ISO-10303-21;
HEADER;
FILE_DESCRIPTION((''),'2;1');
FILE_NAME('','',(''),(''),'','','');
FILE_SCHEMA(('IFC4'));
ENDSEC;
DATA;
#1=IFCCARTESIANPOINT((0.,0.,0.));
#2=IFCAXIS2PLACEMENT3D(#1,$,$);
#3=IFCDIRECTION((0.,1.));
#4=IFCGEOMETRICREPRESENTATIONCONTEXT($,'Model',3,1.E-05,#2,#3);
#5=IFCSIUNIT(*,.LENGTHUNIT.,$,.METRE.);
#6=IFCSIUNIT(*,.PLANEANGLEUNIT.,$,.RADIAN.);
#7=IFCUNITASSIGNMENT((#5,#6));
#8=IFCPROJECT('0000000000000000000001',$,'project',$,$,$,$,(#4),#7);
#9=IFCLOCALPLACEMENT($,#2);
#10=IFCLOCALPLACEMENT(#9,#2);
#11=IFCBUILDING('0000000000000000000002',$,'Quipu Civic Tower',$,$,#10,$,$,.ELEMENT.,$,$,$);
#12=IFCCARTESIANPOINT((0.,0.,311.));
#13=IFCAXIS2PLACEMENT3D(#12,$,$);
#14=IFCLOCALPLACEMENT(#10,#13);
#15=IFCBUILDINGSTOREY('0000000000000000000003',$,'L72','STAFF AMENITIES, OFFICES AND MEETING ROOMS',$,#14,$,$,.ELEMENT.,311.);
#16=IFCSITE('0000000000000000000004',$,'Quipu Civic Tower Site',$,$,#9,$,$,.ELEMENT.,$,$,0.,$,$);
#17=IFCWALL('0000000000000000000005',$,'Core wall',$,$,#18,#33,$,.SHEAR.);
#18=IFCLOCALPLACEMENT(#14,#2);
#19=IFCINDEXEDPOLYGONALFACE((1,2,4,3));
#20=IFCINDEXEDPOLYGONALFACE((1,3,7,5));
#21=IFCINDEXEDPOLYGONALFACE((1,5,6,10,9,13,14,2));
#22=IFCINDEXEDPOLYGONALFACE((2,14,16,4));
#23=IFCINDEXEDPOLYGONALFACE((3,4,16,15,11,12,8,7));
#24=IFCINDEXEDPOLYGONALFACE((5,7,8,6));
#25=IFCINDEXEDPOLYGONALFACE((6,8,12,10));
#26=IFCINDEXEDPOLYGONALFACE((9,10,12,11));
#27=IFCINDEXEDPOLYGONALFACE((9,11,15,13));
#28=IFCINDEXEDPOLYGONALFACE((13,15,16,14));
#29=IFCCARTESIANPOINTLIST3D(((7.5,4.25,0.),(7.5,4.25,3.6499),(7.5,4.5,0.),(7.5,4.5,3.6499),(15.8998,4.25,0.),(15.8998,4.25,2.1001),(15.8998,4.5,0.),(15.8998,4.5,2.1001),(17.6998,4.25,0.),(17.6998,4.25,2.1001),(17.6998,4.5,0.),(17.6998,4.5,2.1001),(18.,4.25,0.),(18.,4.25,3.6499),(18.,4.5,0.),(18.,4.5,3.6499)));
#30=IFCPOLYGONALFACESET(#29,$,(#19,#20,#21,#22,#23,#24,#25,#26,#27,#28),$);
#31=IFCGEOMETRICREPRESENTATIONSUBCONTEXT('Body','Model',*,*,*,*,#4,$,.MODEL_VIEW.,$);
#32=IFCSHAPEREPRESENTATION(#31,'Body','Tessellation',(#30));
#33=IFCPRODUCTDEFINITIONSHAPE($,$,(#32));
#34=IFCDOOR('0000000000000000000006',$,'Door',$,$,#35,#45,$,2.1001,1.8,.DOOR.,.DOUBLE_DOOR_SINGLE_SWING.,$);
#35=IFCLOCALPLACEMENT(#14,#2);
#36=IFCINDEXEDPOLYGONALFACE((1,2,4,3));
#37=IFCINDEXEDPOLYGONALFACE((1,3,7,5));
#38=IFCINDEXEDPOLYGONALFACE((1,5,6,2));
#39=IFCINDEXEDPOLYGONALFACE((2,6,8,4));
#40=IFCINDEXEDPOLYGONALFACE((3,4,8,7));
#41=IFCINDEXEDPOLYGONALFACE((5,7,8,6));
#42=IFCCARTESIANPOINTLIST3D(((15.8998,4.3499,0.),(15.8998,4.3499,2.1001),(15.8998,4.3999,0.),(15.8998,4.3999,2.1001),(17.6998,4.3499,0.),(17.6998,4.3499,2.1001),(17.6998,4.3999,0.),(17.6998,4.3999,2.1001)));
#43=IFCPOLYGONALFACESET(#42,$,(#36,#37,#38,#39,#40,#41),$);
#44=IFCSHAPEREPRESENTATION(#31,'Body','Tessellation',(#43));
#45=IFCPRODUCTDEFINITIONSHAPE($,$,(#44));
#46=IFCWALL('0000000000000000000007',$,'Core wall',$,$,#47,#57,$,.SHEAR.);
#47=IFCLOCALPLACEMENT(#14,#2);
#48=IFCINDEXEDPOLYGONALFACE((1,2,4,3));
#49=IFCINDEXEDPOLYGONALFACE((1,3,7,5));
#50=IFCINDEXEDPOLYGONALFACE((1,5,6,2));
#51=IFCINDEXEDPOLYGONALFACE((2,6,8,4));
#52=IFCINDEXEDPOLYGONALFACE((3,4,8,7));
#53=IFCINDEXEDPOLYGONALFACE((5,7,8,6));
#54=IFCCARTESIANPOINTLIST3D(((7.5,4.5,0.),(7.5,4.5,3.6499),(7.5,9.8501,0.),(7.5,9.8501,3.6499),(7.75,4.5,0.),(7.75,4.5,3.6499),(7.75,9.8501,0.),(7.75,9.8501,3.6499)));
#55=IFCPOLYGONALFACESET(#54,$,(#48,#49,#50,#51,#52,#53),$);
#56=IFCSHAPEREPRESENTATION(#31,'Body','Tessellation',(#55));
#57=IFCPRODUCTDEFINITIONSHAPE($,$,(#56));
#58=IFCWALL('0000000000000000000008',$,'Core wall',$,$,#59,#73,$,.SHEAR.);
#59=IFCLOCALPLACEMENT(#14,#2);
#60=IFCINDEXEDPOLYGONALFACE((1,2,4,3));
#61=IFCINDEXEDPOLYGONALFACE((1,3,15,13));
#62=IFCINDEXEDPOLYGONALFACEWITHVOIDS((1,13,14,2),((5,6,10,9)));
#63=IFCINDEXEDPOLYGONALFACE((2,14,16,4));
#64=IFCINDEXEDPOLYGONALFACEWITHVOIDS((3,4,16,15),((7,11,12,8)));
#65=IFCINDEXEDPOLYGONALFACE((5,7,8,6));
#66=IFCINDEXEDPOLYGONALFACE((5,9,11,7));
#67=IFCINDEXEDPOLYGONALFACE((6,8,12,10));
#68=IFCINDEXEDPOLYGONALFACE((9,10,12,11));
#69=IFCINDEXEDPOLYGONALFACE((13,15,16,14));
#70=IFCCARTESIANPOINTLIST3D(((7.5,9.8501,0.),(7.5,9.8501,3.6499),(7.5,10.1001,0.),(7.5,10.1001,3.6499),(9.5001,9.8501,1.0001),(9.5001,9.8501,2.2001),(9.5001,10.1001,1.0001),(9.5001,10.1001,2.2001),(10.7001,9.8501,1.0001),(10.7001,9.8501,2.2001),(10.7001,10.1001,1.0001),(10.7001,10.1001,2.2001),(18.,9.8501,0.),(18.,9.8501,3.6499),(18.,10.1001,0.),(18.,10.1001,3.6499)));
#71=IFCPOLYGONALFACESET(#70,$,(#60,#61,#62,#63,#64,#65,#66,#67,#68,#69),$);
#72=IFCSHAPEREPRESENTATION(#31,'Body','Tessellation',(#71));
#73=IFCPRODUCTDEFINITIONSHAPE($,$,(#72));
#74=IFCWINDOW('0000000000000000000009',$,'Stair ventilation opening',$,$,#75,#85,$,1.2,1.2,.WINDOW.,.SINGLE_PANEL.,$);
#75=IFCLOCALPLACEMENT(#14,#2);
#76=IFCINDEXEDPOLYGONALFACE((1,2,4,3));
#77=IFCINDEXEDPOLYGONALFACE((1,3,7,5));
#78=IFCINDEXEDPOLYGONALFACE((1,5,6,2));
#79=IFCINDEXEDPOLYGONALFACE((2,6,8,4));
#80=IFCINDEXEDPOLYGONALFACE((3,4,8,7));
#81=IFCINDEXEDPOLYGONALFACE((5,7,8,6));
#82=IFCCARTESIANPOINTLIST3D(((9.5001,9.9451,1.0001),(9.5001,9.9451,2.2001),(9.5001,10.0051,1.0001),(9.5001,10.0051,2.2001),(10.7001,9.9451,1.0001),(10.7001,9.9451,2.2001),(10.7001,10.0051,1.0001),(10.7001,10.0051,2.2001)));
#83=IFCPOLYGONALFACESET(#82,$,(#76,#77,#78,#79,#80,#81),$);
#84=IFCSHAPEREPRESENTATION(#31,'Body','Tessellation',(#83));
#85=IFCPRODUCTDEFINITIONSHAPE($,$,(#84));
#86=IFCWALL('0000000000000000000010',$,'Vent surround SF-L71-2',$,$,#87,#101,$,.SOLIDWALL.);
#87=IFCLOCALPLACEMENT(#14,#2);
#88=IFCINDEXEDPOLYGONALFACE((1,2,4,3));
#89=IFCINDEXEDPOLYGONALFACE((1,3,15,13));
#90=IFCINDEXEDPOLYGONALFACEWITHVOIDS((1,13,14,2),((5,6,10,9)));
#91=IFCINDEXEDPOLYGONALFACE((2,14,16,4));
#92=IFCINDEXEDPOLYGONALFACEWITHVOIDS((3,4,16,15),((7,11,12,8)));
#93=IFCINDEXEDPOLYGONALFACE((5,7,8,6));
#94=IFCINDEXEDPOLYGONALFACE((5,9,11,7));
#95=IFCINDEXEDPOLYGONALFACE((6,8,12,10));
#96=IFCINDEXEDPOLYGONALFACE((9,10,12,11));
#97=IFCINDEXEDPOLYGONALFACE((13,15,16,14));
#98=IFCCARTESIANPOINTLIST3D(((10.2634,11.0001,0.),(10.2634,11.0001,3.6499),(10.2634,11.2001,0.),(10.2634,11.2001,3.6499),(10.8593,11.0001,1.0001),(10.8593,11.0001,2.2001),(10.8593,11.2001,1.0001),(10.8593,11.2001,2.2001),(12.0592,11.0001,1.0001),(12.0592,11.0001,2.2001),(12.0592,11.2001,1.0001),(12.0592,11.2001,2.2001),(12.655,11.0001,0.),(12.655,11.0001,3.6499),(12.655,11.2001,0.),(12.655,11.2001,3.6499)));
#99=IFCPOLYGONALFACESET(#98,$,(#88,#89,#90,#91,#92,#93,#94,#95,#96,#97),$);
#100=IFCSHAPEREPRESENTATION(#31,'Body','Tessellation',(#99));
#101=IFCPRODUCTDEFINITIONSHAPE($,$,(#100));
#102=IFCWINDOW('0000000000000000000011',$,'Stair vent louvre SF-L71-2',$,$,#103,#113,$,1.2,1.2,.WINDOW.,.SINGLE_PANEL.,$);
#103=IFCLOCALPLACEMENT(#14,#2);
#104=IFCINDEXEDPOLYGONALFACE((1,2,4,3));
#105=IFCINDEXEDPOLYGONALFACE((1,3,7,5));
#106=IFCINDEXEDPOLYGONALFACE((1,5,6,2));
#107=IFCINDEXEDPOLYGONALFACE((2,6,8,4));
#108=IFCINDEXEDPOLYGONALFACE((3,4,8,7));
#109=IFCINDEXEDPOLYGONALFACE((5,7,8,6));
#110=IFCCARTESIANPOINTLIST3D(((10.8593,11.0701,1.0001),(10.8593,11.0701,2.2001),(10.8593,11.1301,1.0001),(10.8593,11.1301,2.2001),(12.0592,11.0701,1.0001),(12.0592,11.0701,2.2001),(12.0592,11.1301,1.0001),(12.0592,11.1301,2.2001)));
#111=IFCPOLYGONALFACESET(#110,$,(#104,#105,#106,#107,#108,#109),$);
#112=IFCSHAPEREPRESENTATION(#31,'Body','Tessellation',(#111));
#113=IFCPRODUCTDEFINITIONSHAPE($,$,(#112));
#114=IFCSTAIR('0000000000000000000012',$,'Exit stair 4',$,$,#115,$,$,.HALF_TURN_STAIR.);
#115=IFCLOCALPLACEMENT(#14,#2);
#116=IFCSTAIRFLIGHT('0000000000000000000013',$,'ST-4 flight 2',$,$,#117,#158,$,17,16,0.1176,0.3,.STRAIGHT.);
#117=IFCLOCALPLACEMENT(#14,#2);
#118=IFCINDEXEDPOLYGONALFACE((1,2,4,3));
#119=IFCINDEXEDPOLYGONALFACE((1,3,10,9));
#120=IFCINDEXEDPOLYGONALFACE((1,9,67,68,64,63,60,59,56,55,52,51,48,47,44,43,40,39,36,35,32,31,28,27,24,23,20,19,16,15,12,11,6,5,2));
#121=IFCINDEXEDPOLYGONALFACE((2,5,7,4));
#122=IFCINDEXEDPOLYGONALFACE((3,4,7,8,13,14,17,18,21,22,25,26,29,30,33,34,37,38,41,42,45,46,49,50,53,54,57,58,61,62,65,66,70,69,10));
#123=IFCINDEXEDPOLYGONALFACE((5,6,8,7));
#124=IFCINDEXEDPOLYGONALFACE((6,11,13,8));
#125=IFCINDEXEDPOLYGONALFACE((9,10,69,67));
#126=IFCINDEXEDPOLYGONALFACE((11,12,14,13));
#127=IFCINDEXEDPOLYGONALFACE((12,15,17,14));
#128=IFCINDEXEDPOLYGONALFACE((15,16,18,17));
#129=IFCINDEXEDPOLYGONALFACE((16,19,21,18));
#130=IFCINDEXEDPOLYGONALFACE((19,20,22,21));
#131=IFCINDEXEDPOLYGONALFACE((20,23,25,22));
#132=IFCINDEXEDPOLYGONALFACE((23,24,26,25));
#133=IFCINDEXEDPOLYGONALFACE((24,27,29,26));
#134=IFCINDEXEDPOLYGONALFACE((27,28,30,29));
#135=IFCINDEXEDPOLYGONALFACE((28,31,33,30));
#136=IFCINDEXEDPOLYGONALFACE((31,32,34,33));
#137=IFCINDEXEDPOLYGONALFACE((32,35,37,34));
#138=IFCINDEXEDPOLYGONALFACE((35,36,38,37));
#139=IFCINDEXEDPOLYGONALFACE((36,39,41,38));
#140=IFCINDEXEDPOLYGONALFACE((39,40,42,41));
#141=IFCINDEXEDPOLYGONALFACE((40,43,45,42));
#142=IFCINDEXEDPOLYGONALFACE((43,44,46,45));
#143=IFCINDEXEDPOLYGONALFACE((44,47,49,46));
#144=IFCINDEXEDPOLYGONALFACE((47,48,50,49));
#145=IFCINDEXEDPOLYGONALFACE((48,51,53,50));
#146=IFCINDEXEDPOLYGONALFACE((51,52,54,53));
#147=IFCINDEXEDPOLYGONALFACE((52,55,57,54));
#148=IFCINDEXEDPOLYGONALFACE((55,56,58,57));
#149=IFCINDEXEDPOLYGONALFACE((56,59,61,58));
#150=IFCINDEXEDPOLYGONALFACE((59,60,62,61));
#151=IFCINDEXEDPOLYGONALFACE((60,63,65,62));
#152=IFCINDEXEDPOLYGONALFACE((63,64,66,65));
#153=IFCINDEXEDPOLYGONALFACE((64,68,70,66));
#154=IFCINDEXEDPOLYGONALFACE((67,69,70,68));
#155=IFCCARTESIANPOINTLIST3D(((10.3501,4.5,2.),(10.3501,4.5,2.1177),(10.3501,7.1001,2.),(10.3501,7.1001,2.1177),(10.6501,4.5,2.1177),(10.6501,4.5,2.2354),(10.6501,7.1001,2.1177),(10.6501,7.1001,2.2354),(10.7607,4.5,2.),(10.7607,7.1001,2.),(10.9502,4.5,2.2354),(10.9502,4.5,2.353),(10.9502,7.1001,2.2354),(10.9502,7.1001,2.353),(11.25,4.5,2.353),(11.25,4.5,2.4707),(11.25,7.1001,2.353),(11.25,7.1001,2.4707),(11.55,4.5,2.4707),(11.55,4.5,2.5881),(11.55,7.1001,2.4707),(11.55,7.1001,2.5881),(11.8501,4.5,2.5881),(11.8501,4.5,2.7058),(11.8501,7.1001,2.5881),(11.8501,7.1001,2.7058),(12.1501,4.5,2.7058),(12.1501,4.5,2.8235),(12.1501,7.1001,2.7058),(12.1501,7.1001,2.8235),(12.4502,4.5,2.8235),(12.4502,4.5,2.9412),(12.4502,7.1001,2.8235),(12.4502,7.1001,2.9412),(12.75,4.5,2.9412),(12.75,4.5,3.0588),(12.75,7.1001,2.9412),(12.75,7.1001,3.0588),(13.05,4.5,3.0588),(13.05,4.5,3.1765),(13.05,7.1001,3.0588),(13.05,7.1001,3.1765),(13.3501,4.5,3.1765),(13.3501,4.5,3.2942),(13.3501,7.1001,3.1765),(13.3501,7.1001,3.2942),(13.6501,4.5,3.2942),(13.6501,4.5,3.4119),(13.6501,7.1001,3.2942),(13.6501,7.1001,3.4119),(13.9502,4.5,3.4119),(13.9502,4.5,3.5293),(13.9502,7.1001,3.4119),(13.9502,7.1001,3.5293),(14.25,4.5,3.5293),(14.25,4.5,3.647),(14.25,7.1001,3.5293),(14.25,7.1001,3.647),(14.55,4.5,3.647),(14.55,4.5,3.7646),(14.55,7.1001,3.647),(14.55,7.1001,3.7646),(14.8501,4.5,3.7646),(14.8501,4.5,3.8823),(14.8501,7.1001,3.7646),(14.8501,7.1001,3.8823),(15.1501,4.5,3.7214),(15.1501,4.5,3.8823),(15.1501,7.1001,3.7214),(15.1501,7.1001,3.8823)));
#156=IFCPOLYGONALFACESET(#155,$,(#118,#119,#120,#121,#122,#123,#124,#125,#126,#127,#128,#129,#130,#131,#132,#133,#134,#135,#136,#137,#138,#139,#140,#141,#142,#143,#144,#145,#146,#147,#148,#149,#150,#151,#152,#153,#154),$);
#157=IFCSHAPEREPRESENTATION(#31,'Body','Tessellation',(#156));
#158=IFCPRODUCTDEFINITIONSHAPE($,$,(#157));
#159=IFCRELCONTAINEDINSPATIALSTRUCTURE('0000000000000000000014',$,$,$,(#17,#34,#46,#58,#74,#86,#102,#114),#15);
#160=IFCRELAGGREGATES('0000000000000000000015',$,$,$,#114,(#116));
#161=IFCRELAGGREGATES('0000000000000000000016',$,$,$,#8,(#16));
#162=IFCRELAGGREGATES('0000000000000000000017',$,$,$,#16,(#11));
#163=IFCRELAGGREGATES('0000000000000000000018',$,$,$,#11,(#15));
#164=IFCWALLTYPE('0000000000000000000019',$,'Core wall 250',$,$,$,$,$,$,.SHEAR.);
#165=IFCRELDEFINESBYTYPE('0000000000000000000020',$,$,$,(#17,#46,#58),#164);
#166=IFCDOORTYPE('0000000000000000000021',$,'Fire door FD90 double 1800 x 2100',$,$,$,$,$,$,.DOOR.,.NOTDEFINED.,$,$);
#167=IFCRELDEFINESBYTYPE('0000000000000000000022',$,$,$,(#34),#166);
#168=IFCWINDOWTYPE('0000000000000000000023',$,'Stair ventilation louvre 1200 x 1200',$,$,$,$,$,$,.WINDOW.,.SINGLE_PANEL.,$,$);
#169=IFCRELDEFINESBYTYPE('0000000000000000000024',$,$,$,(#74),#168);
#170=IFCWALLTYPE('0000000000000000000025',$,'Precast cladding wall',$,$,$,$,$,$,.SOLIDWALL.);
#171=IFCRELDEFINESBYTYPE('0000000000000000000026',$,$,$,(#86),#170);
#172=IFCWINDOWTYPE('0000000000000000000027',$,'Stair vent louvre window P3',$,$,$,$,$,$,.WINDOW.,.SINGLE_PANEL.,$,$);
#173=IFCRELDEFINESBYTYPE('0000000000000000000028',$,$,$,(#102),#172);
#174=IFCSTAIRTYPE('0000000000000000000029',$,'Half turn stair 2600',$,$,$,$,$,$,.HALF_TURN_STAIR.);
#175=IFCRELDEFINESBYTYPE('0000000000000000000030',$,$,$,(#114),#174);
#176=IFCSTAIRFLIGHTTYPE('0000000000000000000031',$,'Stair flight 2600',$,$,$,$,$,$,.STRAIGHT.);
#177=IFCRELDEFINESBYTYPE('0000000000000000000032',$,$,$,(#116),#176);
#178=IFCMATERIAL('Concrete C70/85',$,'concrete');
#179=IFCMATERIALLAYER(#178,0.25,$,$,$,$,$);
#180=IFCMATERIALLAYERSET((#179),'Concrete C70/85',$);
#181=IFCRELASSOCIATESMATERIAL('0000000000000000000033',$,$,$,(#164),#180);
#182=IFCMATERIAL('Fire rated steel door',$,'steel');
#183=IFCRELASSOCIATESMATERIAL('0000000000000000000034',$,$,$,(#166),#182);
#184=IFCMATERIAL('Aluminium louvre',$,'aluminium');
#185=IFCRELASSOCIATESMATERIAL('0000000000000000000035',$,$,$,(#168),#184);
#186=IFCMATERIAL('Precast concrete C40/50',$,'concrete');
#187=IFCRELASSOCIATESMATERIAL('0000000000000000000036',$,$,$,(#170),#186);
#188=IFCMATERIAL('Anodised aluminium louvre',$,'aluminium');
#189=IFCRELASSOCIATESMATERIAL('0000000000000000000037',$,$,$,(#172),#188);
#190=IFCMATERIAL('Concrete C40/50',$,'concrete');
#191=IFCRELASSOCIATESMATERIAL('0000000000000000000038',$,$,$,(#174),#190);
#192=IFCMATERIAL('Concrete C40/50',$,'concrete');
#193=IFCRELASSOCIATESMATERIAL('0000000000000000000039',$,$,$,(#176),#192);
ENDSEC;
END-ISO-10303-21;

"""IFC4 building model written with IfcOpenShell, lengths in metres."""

from ifc_helpers import new_model, si_unit, direction, frame, frame_2d, origin, place, context, subcontext, project, spatial, polyline, rectangle, outline, extrude, material, layer, layer_set, type_object, element, fill, aggregate, save


model = new_model("IFC4")

# Units and contexts
model_context = context("Model", 3, precision=1e-05, world=origin(), true_north=direction((0.0, 1.0)))
body_context = subcontext(model_context, "Body", "Model", "MODEL_VIEW")
ifc_project = project(units=[si_unit("LENGTHUNIT", "METRE"), si_unit("PLANEANGLEUNIT", "RADIAN")], contexts=[model_context])

# Site, building, storey
site_placement = place(None, origin())
site = spatial("IfcSite", under=ifc_project, at=site_placement, Name="Quipu Civic Tower Site", CompositionType="ELEMENT", RefElevation=0.0)
building_placement = place(site_placement, origin())
building = spatial("IfcBuilding", under=site, at=building_placement, Name="Quipu Civic Tower", CompositionType="ELEMENT")
storey_placement = place(building_placement, frame((0.0, 0.0, 311.0)))
storey = spatial("IfcBuildingStorey", under=building, at=storey_placement, Name="L72", Description="STAFF AMENITIES, OFFICES AND MEETING ROOMS", CompositionType="ELEMENT", Elevation=311.0)

# Wall, opening, door
ifc_material_1 = material(Name="Concrete C70/85", Category="concrete")
ifc_layer_1 = layer(ifc_material_1, 0.25)
ifc_layer_set_1 = layer_set([ifc_layer_1], Name="Concrete C70/85")
wall_type_1 = type_object("IfcWallType", Name="Core wall 250", PredefinedType="SHEAR", material=ifc_layer_set_1)
wall_1_placement = place(storey_placement, frame((7.5, 4.375, 0.0), z_axis=(0.0, 0.0, 1.0), x_axis=(1.0, 0.0, 0.0)))
wall_1 = element("IfcWall", 1, at=wall_1_placement, inside=storey, type_object=wall_type_1, Name="Core wall", PredefinedType="SHEAR", context=body_context, shape_type="SweptSolid", body=[
    extrude(rectangle(XDim=10.5, YDim=0.25, at=frame_2d((5.25, 0.0))), origin(), (0.0, 0.0, 1.0), 3.6499),
])
opening_1_placement = place(wall_1_placement, frame((8.3999, 0.0, 0.0)))
opening_1 = element("IfcOpeningElement", 2, at=opening_1_placement, cuts=wall_1, PredefinedType="OPENING", context=body_context, shape_type="SweptSolid", body=[
    extrude(rectangle(XDim=1.8, YDim=2.1001, at=frame_2d((0.8999, 1.05))), frame((0.0, 0.135, 0.0), z_axis=(0.0, -1.0, 0.0), x_axis=(1.0, 0.0, 0.0)), (0.0, 0.0, 1.0), 0.27),
])
ifc_material_2 = material(Name="Fire rated steel door", Category="steel")
door_type = type_object("IfcDoorType", Name="Fire door FD90 double 1800 x 2100", OperationType="NOTDEFINED", PredefinedType="DOOR", material=ifc_material_2)
door_placement = place(opening_1_placement, origin())
door = element("IfcDoor", 3, at=door_placement, inside=storey, type_object=door_type, Name="Door", OperationType="DOUBLE_DOOR_SINGLE_SWING", OverallHeight=2.1001, OverallWidth=1.8, PredefinedType="DOOR", context=body_context, shape_type="SweptSolid", body=[
    extrude(rectangle(XDim=1.8, YDim=2.1001, at=frame_2d((0.8999, 1.05))), frame((0.0, 0.0249, 0.0), z_axis=(0.0, -1.0, 0.0), x_axis=(1.0, 0.0, 0.0)), (0.0, 0.0, 1.0), 0.05),
])
fill(opening_1, door)

# Wall
wall_2_placement = place(storey_placement, frame((7.625, 4.5, 0.0), z_axis=(0.0, 0.0, 1.0), x_axis=(0.0, 1.0, 0.0)))
element("IfcWall", 4, at=wall_2_placement, inside=storey, type_object=wall_type_1, Name="Core wall", PredefinedType="SHEAR", context=body_context, shape_type="SweptSolid", body=[
    extrude(rectangle(XDim=5.3501, YDim=0.25, at=frame_2d((2.675, 0.0))), origin(), (0.0, 0.0, 1.0), 3.6499),
])

# Walls, openings, windows
wall_3_placement = place(storey_placement, frame((7.5, 9.9751, 0.0), z_axis=(0.0, 0.0, 1.0), x_axis=(1.0, 0.0, 0.0)))
wall_3 = element("IfcWall", 5, at=wall_3_placement, inside=storey, type_object=wall_type_1, Name="Core wall", PredefinedType="SHEAR", context=body_context, shape_type="SweptSolid", body=[
    extrude(rectangle(XDim=10.5, YDim=0.25, at=frame_2d((5.25, 0.0))), origin(), (0.0, 0.0, 1.0), 3.6499),
])
opening_2_placement = place(wall_3_placement, frame((2.0, 0.0, 1.0)))
opening_2 = element("IfcOpeningElement", 6, at=opening_2_placement, cuts=wall_3, PredefinedType="OPENING", context=body_context, shape_type="SweptSolid", body=[
    extrude(rectangle(XDim=1.2, YDim=1.2, at=frame_2d((0.6001, 0.6001))), frame((0.0, 0.135, 0.0), z_axis=(0.0, -1.0, 0.0), x_axis=(1.0, 0.0, 0.0)), (0.0, 0.0, 1.0), 0.27),
])
ifc_material_3 = material(Name="Aluminium louvre", Category="aluminium")
window_type_1 = type_object("IfcWindowType", Name="Stair ventilation louvre 1200 x 1200", PartitioningType="SINGLE_PANEL", PredefinedType="WINDOW", material=ifc_material_3)
window_1_placement = place(opening_2_placement, origin())
window_1 = element("IfcWindow", 7, at=window_1_placement, inside=storey, type_object=window_type_1, Name="Stair ventilation opening", OverallHeight=1.2, OverallWidth=1.2, PartitioningType="SINGLE_PANEL", PredefinedType="WINDOW", context=body_context, shape_type="SweptSolid", body=[
    extrude(rectangle(XDim=1.2, YDim=1.2, at=frame_2d((0.6001, 0.6001))), frame((0.0, 0.03, 0.0), z_axis=(0.0, -1.0, 0.0), x_axis=(1.0, 0.0, 0.0)), (0.0, 0.0, 1.0), 0.0601),
])
fill(opening_2, window_1)
ifc_material_4 = material(Name="Precast concrete C40/50", Category="concrete")
wall_type_2 = type_object("IfcWallType", Name="Precast cladding wall", PredefinedType="SOLIDWALL", material=ifc_material_4)
wall_4_placement = place(storey_placement, frame((12.655, 11.1001, 0.0), z_axis=(0.0, 0.0, 1.0), x_axis=(-1.0, 0.0, 0.0)))
wall_4 = element("IfcWall", 8, at=wall_4_placement, inside=storey, type_object=wall_type_2, Name="Vent surround SF-L71-2", PredefinedType="SOLIDWALL", context=body_context, shape_type="SweptSolid", body=[
    extrude(rectangle(XDim=2.3916, YDim=0.2, at=frame_2d((1.1958, 0.0))), origin(), (0.0, 0.0, 1.0), 3.6499),
])
opening_3_placement = place(wall_4_placement, frame((0.5957, 0.0, 1.0)))
opening_3 = element("IfcOpeningElement", 9, at=opening_3_placement, cuts=wall_4, PredefinedType="OPENING", context=body_context, shape_type="SweptSolid", body=[
    extrude(rectangle(XDim=1.2, YDim=1.2, at=frame_2d((0.6001, 0.6001))), frame((0.0, 0.1099, 0.0), z_axis=(0.0, -1.0, 0.0), x_axis=(1.0, 0.0, 0.0)), (0.0, 0.0, 1.0), 0.22),
])
ifc_material_5 = material(Name="Anodised aluminium louvre", Category="aluminium")
window_type_2 = type_object("IfcWindowType", Name="Stair vent louvre window P3", PartitioningType="SINGLE_PANEL", PredefinedType="WINDOW", material=ifc_material_5)
window_2_placement = place(opening_3_placement, origin())
window_2 = element("IfcWindow", 10, at=window_2_placement, inside=storey, type_object=window_type_2, Name="Stair vent louvre SF-L71-2", OverallHeight=1.2, OverallWidth=1.2, PartitioningType="SINGLE_PANEL", PredefinedType="WINDOW", context=body_context, shape_type="SweptSolid", body=[
    extrude(rectangle(XDim=1.2, YDim=1.2, at=frame_2d((0.6001, 0.6001))), frame((0.0, 0.03, 0.0), z_axis=(0.0, -1.0, 0.0), x_axis=(1.0, 0.0, 0.0)), (0.0, 0.0, 1.0), 0.0601),
])
fill(opening_3, window_2)

# Stair, stair flight
ifc_material_6 = material(Name="Concrete C40/50", Category="concrete")
stair_type = type_object("IfcStairType", Name="Half turn stair 2600", PredefinedType="HALF_TURN_STAIR", material=ifc_material_6)
stair_placement = place(storey_placement, origin())
stair = element("IfcStair", 11, at=stair_placement, inside=storey, type_object=stair_type, Name="Exit stair 4", PredefinedType="HALF_TURN_STAIR")
ifc_material_7 = material(Name="Concrete C40/50", Category="concrete")
stair_flight_type = type_object("IfcStairFlightType", Name="Stair flight 2600", PredefinedType="STRAIGHT", material=ifc_material_7)
stair_flight_placement = place(storey_placement, frame((10.3501, 5.8, 2.0), z_axis=(0.0, 0.0, 1.0), x_axis=(1.0, 0.0, 0.0)))
stair_flight = element("IfcStairFlight", 12, at=stair_flight_placement, type_object=stair_flight_type, Name="ST-4 flight 2", NumberOfRisers=17, NumberOfTreads=16, PredefinedType="STRAIGHT", RiserHeight=0.1176, TreadLength=0.3, context=body_context, shape_type="SweptSolid", body=[
    extrude(outline(polyline([(0.0, 0.0), (0.0, 0.1177), (0.3, 0.1177), (0.3, 0.2354), (0.6001, 0.2354), (0.6001, 0.353), (0.8999, 0.353), (0.8999, 0.4707), (1.2, 0.4707), (1.2, 0.5881), (1.5, 0.5881), (1.5, 0.7058), (1.8, 0.7058), (1.8, 0.8235), (2.1001, 0.8235), (2.1001, 0.9412), (2.3999, 0.9412), (2.3999, 1.0588), (2.7, 1.0588), (2.7, 1.1765), (3.0, 1.1765), (3.0, 1.2942), (3.3, 1.2942), (3.3, 1.4119), (3.6001, 1.4119), (3.6001, 1.5293), (3.8999, 1.5293), (3.8999, 1.647), (4.2, 1.647), (4.2, 1.7646), (4.5, 1.7646), (4.5, 1.8823), (4.8, 1.8823), (4.8, 2.0), (4.8, 1.7214), (0.4106, 0.0), (0.0, 0.0)])), frame((0.0, 1.3, 0.0), z_axis=(0.0, -1.0, 0.0), x_axis=(1.0, 0.0, 0.0)), (0.0, 0.0, 1.0), 2.6001),
])
aggregate(stair, [stair_flight])

save(model, "model.ifc")
